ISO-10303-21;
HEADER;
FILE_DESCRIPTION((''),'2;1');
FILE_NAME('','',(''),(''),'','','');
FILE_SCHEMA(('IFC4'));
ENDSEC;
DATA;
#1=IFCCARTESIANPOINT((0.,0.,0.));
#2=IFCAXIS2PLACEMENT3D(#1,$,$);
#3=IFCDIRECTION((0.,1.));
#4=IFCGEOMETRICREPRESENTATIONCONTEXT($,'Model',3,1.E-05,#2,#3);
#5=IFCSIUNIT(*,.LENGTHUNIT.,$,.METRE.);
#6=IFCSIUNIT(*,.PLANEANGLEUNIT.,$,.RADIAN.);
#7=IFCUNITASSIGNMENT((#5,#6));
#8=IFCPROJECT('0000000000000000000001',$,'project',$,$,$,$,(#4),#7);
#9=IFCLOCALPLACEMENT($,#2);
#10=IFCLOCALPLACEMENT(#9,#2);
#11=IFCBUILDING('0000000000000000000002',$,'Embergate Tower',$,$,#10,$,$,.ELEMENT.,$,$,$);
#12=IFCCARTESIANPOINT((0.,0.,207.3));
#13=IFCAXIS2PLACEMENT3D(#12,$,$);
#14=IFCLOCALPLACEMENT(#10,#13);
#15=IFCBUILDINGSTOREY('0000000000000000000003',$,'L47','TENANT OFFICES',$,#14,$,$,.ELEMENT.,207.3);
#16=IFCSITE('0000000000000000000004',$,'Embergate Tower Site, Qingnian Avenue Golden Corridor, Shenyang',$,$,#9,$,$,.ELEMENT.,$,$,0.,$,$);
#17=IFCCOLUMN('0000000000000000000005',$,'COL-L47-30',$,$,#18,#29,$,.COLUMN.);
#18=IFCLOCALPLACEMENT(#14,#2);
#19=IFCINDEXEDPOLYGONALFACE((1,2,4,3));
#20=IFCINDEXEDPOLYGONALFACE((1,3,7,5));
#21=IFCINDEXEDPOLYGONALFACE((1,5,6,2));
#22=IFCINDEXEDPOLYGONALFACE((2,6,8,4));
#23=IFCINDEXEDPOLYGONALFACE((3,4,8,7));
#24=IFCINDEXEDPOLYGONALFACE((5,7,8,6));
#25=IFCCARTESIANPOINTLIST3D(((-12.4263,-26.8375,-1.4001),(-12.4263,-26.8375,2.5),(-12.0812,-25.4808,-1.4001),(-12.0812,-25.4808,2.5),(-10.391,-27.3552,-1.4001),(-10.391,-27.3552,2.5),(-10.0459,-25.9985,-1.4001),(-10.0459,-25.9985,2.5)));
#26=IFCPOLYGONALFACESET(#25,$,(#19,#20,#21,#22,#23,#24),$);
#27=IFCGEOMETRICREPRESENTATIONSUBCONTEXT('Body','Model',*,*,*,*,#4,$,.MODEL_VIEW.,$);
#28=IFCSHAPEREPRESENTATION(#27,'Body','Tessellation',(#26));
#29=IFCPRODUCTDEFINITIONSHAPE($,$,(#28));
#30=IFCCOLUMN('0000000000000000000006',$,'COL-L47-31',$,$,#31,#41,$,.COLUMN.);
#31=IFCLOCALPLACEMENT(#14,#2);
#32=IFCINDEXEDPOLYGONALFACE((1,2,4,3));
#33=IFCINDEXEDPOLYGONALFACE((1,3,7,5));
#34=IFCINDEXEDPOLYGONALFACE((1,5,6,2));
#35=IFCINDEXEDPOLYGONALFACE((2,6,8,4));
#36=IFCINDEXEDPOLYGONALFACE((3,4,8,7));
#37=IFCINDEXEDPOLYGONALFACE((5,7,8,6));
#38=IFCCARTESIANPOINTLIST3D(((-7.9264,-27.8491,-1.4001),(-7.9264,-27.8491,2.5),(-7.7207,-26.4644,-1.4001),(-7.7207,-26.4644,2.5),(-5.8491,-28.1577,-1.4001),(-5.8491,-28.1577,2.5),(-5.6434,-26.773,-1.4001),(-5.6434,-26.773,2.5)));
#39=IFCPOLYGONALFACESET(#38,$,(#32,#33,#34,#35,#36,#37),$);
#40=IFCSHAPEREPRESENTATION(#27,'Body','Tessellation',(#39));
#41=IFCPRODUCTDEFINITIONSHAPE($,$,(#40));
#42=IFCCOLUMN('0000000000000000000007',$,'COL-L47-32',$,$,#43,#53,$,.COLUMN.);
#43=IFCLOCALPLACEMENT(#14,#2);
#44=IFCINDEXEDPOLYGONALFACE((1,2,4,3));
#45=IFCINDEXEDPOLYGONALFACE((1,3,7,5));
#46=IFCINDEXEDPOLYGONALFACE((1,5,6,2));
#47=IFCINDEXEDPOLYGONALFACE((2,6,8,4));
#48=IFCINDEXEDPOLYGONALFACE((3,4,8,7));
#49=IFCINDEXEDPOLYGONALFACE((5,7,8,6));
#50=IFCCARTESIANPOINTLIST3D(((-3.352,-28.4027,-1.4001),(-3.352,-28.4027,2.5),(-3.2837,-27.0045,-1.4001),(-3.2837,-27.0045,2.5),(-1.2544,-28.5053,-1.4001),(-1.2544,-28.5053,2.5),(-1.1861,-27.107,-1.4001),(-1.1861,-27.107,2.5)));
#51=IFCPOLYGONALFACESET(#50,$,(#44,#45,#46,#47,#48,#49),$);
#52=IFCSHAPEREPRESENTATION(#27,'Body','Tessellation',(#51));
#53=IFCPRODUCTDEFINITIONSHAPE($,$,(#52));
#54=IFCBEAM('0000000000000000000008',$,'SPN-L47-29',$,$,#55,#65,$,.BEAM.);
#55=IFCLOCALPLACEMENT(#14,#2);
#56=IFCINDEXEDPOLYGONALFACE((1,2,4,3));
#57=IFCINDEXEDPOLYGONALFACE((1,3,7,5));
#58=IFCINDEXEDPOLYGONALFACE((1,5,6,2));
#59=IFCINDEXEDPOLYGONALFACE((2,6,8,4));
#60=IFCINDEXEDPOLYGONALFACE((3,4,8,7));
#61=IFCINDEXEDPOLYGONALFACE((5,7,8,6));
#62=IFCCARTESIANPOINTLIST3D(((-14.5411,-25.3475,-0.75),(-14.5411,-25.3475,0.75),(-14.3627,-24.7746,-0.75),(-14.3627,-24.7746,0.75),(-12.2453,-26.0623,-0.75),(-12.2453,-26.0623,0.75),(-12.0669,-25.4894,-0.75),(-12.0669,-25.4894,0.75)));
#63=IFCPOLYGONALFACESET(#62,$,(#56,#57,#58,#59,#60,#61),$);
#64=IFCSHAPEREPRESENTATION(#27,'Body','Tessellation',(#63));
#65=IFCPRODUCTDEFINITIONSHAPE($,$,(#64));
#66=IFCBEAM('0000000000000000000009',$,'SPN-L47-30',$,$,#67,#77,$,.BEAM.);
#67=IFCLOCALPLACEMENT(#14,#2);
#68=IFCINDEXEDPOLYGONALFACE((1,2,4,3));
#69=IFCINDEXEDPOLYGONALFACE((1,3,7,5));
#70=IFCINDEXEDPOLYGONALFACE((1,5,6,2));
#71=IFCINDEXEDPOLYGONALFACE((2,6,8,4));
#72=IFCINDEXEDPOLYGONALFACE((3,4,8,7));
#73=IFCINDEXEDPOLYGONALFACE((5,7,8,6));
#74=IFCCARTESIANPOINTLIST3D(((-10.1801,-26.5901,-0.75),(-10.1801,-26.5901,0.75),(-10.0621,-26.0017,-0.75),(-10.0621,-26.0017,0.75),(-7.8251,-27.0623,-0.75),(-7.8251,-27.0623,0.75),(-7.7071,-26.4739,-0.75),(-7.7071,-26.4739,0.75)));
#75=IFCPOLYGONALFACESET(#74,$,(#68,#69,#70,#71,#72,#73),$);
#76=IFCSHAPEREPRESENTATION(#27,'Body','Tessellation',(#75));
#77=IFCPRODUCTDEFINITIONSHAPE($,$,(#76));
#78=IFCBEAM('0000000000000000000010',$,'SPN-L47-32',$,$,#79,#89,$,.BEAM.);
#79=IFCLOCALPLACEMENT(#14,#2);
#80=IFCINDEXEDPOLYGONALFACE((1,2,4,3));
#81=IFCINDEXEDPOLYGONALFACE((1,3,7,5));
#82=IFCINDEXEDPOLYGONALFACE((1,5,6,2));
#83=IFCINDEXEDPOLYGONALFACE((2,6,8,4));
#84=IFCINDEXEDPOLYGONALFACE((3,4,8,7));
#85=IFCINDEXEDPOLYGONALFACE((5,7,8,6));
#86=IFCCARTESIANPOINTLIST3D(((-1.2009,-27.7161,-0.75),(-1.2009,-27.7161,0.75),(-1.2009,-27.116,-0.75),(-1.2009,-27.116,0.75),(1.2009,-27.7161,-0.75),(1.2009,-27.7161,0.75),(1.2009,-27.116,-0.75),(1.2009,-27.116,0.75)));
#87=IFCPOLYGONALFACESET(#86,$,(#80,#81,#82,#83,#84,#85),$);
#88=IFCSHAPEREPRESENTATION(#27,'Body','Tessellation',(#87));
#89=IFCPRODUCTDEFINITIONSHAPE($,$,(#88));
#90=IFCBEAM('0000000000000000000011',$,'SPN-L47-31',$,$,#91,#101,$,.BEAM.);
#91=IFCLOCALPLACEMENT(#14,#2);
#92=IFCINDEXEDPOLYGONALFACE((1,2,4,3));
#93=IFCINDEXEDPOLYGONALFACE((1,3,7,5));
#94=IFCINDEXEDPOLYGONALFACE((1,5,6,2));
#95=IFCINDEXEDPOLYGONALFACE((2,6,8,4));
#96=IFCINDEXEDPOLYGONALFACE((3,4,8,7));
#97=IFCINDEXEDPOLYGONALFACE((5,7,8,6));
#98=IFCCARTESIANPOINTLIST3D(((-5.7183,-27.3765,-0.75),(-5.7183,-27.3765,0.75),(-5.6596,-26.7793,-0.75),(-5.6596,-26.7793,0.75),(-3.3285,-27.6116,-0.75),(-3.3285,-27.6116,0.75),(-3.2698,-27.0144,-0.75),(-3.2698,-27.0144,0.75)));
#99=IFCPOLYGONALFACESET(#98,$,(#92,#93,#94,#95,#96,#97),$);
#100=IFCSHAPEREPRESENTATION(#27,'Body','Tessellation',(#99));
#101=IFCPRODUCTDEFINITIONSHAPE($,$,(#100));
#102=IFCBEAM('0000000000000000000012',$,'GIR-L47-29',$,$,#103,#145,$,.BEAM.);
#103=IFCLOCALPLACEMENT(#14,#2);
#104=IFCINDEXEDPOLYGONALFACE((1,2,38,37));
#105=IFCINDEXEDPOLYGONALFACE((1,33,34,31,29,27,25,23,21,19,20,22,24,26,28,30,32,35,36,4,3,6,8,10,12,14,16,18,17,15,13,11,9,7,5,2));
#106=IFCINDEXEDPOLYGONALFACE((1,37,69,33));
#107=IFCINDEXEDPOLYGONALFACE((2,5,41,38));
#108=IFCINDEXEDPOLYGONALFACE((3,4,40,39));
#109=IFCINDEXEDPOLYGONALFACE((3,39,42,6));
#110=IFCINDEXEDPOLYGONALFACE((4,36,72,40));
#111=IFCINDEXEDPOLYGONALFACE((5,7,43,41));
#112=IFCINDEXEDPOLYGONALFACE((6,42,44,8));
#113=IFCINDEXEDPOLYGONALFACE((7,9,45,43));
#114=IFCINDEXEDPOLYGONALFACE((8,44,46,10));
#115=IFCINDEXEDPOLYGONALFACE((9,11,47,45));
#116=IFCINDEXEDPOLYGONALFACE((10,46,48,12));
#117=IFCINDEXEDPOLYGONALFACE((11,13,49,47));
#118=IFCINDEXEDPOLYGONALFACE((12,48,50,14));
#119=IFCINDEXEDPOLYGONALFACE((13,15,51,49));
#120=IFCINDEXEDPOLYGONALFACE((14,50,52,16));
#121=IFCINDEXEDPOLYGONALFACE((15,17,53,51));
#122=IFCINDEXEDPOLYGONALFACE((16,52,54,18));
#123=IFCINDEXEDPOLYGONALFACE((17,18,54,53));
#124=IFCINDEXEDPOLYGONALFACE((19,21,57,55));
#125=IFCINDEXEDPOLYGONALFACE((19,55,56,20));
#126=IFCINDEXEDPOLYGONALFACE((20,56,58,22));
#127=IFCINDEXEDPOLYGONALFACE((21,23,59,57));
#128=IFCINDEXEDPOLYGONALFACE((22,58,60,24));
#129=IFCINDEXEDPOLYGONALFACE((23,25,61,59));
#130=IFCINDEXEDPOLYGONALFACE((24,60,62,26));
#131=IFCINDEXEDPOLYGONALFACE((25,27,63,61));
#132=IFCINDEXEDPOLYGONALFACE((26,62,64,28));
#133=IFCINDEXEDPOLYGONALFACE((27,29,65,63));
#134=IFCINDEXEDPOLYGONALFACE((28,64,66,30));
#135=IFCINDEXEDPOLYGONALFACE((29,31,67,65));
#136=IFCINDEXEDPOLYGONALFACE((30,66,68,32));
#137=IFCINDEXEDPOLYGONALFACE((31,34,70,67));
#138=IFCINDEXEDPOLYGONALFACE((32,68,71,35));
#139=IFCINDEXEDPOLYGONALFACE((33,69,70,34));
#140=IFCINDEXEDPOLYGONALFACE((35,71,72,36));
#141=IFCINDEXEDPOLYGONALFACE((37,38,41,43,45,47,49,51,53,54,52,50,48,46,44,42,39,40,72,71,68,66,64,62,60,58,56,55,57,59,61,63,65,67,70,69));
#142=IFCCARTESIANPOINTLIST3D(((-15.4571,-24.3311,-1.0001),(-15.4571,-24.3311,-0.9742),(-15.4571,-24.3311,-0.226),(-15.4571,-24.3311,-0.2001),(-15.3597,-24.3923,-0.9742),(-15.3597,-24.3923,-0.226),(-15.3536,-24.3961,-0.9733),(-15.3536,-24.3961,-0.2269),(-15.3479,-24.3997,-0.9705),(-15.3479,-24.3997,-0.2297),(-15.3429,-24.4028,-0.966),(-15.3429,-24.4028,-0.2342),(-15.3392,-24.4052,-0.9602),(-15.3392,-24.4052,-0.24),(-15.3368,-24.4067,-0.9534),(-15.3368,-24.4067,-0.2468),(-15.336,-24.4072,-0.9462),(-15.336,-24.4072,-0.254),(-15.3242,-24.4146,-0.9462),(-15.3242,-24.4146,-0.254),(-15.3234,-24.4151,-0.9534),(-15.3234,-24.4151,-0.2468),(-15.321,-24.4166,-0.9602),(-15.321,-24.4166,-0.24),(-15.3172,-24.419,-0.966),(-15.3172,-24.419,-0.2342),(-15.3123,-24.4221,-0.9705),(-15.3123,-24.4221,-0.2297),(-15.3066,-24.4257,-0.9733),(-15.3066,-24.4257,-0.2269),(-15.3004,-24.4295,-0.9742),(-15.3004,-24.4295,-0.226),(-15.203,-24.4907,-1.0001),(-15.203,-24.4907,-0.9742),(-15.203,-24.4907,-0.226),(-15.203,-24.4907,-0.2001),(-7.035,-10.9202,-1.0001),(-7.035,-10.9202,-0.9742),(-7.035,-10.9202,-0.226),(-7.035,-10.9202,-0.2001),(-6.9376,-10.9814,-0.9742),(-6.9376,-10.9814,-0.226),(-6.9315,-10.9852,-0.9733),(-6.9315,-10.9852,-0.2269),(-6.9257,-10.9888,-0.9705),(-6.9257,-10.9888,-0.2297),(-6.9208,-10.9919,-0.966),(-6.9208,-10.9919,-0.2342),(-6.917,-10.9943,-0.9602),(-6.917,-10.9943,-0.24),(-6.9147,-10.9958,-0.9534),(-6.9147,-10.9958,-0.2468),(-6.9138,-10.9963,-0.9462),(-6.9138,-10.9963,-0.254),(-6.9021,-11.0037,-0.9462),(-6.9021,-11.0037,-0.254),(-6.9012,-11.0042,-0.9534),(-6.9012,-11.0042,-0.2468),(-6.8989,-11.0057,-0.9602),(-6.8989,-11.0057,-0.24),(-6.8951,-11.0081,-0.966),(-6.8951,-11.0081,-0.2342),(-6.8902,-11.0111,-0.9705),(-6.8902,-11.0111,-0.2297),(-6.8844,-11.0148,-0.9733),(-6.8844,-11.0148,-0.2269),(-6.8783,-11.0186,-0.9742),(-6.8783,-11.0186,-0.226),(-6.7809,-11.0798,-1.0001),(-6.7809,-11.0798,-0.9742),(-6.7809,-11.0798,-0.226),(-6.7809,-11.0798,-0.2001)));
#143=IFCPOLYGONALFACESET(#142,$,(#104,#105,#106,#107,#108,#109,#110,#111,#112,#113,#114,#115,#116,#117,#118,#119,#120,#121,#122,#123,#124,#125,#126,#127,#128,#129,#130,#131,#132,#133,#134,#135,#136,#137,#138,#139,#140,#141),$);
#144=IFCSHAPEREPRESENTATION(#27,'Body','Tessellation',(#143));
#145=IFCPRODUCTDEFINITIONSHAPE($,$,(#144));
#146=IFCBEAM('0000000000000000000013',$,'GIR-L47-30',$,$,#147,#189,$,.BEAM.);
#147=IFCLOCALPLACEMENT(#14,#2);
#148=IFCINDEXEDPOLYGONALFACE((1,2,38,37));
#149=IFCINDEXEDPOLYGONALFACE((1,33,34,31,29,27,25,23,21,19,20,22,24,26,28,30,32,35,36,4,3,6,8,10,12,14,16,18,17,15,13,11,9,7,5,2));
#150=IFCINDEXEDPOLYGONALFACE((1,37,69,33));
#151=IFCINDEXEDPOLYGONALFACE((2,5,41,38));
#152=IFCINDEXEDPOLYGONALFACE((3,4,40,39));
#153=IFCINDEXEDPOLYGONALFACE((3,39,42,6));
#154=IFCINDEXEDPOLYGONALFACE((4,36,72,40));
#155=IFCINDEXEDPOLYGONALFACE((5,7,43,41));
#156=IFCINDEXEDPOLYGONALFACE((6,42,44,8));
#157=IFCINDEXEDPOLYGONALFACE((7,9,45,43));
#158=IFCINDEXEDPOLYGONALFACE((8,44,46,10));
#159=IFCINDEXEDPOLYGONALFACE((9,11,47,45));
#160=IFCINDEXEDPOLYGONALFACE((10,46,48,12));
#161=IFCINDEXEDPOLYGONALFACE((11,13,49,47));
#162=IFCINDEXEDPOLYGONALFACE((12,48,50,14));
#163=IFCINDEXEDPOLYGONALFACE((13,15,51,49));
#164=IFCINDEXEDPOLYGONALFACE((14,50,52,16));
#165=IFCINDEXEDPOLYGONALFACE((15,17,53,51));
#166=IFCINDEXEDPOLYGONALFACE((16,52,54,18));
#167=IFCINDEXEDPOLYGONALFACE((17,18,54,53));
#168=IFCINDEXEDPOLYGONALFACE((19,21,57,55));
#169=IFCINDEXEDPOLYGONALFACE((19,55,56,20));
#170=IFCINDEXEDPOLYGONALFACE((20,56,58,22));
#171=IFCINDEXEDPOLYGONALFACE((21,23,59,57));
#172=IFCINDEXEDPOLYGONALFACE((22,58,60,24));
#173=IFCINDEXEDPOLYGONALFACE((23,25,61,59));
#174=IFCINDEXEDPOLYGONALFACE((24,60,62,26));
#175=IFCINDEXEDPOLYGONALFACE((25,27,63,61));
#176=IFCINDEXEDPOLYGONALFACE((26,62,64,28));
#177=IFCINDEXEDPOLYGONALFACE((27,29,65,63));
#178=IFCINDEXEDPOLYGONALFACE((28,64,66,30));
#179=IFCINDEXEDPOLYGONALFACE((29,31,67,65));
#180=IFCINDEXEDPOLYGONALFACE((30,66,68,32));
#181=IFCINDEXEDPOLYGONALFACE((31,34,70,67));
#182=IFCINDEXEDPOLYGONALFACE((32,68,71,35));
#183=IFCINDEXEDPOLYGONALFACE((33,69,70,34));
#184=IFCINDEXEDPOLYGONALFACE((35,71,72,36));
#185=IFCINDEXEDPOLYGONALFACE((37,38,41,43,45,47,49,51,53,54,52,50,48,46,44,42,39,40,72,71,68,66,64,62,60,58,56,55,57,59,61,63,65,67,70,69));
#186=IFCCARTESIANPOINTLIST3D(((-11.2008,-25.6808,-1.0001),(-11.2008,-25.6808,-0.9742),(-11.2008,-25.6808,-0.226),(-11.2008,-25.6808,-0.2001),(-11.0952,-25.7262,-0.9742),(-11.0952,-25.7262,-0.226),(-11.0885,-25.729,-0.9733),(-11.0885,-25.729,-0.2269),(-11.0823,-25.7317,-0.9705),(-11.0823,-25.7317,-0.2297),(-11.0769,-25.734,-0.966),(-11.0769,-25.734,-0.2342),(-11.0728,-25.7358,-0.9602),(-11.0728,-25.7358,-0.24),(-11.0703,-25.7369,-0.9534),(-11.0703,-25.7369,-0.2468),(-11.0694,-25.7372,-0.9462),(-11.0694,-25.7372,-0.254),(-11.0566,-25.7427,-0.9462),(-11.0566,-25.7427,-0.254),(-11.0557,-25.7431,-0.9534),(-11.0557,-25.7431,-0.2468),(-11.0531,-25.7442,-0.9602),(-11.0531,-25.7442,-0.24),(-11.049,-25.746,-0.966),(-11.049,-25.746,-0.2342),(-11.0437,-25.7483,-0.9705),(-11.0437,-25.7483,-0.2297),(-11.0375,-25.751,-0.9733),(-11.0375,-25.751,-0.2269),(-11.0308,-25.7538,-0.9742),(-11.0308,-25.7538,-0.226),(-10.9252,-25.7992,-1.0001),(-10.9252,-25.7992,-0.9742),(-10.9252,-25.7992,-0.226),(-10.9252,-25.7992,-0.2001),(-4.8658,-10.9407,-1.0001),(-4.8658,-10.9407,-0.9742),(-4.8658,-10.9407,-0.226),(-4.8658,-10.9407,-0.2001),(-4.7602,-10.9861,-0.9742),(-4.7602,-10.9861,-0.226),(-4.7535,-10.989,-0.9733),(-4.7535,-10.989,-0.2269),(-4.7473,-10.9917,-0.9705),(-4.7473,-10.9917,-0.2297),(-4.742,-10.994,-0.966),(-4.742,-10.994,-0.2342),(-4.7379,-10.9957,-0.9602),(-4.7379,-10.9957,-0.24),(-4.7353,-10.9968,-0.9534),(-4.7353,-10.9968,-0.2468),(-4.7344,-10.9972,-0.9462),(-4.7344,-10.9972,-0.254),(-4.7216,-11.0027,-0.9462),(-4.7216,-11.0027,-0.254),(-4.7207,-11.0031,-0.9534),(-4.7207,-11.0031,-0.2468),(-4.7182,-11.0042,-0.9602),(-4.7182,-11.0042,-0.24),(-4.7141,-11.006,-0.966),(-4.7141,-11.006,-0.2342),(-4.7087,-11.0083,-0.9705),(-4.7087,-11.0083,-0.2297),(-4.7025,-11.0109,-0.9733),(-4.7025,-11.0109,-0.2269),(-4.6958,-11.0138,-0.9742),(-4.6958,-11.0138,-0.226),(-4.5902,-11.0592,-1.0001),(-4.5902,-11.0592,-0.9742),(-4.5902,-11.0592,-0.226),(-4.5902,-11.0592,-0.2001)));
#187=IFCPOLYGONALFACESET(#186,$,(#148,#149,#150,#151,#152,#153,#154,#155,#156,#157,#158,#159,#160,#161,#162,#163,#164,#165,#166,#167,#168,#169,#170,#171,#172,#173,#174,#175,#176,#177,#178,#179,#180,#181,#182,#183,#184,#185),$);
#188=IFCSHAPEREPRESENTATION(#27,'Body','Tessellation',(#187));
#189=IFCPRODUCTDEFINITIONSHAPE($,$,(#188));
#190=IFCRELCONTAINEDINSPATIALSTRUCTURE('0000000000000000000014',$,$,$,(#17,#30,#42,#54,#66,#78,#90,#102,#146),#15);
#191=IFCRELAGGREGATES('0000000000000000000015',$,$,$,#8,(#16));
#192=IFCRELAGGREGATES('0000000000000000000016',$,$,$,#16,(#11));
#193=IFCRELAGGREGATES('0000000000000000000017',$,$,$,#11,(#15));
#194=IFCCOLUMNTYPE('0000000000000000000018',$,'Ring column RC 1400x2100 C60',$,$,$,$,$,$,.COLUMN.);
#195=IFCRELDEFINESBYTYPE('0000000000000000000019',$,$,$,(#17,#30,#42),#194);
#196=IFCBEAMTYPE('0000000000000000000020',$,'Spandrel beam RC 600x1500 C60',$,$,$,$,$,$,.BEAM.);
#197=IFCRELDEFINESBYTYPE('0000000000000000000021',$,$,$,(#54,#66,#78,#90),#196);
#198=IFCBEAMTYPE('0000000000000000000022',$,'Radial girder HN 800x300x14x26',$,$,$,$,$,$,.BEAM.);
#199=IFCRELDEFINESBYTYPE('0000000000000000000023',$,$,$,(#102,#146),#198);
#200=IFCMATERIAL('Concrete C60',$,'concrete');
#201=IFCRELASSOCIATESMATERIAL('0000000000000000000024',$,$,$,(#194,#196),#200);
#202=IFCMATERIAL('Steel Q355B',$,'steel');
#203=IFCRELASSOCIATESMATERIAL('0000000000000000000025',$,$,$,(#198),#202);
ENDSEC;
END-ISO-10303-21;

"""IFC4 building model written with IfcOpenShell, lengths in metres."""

from ifc_helpers import new_model, si_unit, direction, frame, origin, origin_2d, place, context, subcontext, project, spatial, rectangle, i_section, extrude, source, transform, mapped, material, material_profile, profile_set, type_object, element, save


model = new_model("IFC4")

# Units and contexts
model_context = context("Model", 3, precision=1e-05, world=origin(), true_north=direction((0.0, 1.0)))
body_context = subcontext(model_context, "Body", "Model", "MODEL_VIEW")
ifc_project = project(units=[si_unit("LENGTHUNIT", "METRE"), si_unit("PLANEANGLEUNIT", "RADIAN")], contexts=[model_context])

# Site, building, storey
site_placement = place(None, origin())
site = spatial("IfcSite", under=ifc_project, at=site_placement, Name="Embergate Tower Site, Qingnian Avenue Golden Corridor, Shenyang", CompositionType="ELEMENT", RefElevation=0.0)
building_placement = place(site_placement, origin())
building = spatial("IfcBuilding", under=site, at=building_placement, Name="Embergate Tower", CompositionType="ELEMENT")
storey_placement = place(building_placement, frame((0.0, 0.0, 207.3)))
storey = spatial("IfcBuildingStorey", under=building, at=storey_placement, Name="L47", Description="TENANT OFFICES", CompositionType="ELEMENT", Elevation=207.3)

# Columns
ifc_material_1 = material(Name="Concrete C60", Category="concrete")
ifc_material_profile_1 = material_profile(ifc_material_1, rectangle(XDim=1.3999, YDim=2.1001, at=origin_2d()), Name="RC 1400x2100")
ifc_profile_set_1 = profile_set([ifc_material_profile_1], Name="Concrete C60")
column_type = type_object("IfcColumnType", Name="Ring column RC 1400x2100 C60", PredefinedType="COLUMN", material=ifc_profile_set_1)
shared_shape_1 = source(origin(), body_context, "Body", "SweptSolid", [
    extrude(rectangle(XDim=1.3999, YDim=2.1001, at=origin_2d()), origin(), (0.0, 0.0, 1.0), 3.9001),
])
for number, where, z_axis, x_axis, name in (
    (1, (-11.2361, -26.418, -1.4001), (0.0, 0.0, 1.0), (-0.246509, -0.969141, 0.0), "COL-L47-30"),
    (2, (-6.7849, -27.311, -1.4001), (0.0, 0.0, 1.0), (-0.146929, -0.989147, 0.0), "COL-L47-31"),
    (3, (-2.269, -27.7549, -1.4001), (0.0, 0.0, 1.0), (-0.048815, -0.998808, 0.0), "COL-L47-32"),
):
    element("IfcColumn", number, at=place(storey_placement, frame(where, z_axis=z_axis, x_axis=x_axis)), inside=storey, type_object=column_type, Name=name, PredefinedType="COLUMN", context=body_context, shape_type="MappedRepresentation", body=[
        mapped(shared_shape_1, transform((0.0, 0.0, 0.0))),
    ])

# Beams
ifc_material_profile_2 = material_profile(ifc_material_1, rectangle(XDim=0.6001, YDim=1.5, at=origin_2d()), Name="RC 600x1500")
ifc_profile_set_2 = profile_set([ifc_material_profile_2], Name="Concrete C60")
beam_type_1 = type_object("IfcBeamType", Name="Spandrel beam RC 600x1500 C60", PredefinedType="BEAM", material=ifc_profile_set_2)
shared_shape_2 = source(origin(), body_context, "Body", "SweptSolid", [
    extrude(rectangle(XDim=0.6001, YDim=1.5, at=origin_2d()), origin(), (0.0, 0.0, 1.0), 2.4045),
])
beam_1_placement = place(storey_placement, frame((-14.4519, -25.061, 0.0), z_axis=(0.95479, -0.29728, 0.0), x_axis=(0.29728, 0.95479, 0.0)))
element("IfcBeam", 4, at=beam_1_placement, inside=storey, type_object=beam_type_1, Name="SPN-L47-29", PredefinedType="BEAM", context=body_context, shape_type="MappedRepresentation", body=[
    mapped(shared_shape_2, transform((0.0, 0.0, 0.0))),
])
shared_shape_3 = source(origin(), body_context, "Body", "SweptSolid", [
    extrude(rectangle(XDim=0.6001, YDim=1.5, at=origin_2d()), origin(), (0.0, 0.0, 1.0), 2.4019),
])
for number, where, z_axis, x_axis, name in (
    (5, (-10.1211, -26.2959, 0.0), (0.980487, -0.196585, 0.0), (0.196585, 0.980487, 0.0), "SPN-L47-30"),
    (6, (-1.2009, -27.416, 0.0), (1.0, 0.0, 0.0), (0.0, 1.0, 0.0), "SPN-L47-32"),
):
    element("IfcBeam", number, at=place(storey_placement, frame(where, z_axis=z_axis, x_axis=x_axis)), inside=storey, type_object=beam_type_1, Name=name, PredefinedType="BEAM", context=body_context, shape_type="MappedRepresentation", body=[
        mapped(shared_shape_3, transform((0.0, 0.0, 0.0))),
    ])
shared_shape_4 = source(origin(), body_context, "Body", "SweptSolid", [
    extrude(rectangle(XDim=0.6001, YDim=1.5, at=origin_2d()), origin(), (0.0, 0.0, 1.0), 2.4014),
])
beam_2_placement = place(storey_placement, frame((-5.689, -27.0779, 0.0), z_axis=(0.995196, -0.097903, 0.0), x_axis=(0.097903, 0.995196, 0.0)))
element("IfcBeam", 7, at=beam_2_placement, inside=storey, type_object=beam_type_1, Name="SPN-L47-31", PredefinedType="BEAM", context=body_context, shape_type="MappedRepresentation", body=[
    mapped(shared_shape_4, transform((0.0, 0.0, 0.0))),
])
ifc_material_2 = material(Name="Steel Q355B", Category="steel")
ifc_material_profile_3 = material_profile(ifc_material_2, i_section(OverallWidth=0.3, OverallDepth=0.8, WebThickness=0.0139, FlangeThickness=0.0259, FilletRadius=0.0281, at=origin_2d()), Name="HN 800x300x14x26")
ifc_profile_set_3 = profile_set([ifc_material_profile_3], Name="Steel Q355 grade B")
beam_type_2 = type_object("IfcBeamType", Name="Radial girder HN 800x300x14x26", PredefinedType="BEAM", material=ifc_profile_set_3)
shared_shape_5 = source(origin(), body_context, "Body", "SweptSolid", [
    extrude(i_section(OverallWidth=0.3, OverallDepth=0.8, WebThickness=0.0139, FlangeThickness=0.0259, FilletRadius=0.0281, at=origin_2d()), origin(), (0.0, 0.0, 1.0), 15.8362),
])
beam_3_placement = place(storey_placement, frame((-15.3301, -24.4109, -0.6001), z_axis=(0.531828, 0.846852, 0.0), x_axis=(-0.846852, 0.531828, 0.0)))
element("IfcBeam", 8, at=beam_3_placement, inside=storey, type_object=beam_type_2, Name="GIR-L47-29", PredefinedType="BEAM", context=body_context, shape_type="MappedRepresentation", body=[
    mapped(shared_shape_5, transform((0.0, 0.0, 0.0))),
])
shared_shape_6 = source(origin(), body_context, "Body", "SweptSolid", [
    extrude(i_section(OverallWidth=0.3, OverallDepth=0.8, WebThickness=0.0139, FlangeThickness=0.0259, FilletRadius=0.0281, at=origin_2d()), origin(), (0.0, 0.0, 1.0), 16.0437),
])
beam_4_placement = place(storey_placement, frame((-11.063, -25.74, -0.6001), z_axis=(0.394858, 0.918742, 0.0), x_axis=(-0.918742, 0.394858, 0.0)))
element("IfcBeam", 9, at=beam_4_placement, inside=storey, type_object=beam_type_2, Name="GIR-L47-30", PredefinedType="BEAM", context=body_context, shape_type="MappedRepresentation", body=[
    mapped(shared_shape_6, transform((0.0, 0.0, 0.0))),
])

save(model, "model.ifc")
